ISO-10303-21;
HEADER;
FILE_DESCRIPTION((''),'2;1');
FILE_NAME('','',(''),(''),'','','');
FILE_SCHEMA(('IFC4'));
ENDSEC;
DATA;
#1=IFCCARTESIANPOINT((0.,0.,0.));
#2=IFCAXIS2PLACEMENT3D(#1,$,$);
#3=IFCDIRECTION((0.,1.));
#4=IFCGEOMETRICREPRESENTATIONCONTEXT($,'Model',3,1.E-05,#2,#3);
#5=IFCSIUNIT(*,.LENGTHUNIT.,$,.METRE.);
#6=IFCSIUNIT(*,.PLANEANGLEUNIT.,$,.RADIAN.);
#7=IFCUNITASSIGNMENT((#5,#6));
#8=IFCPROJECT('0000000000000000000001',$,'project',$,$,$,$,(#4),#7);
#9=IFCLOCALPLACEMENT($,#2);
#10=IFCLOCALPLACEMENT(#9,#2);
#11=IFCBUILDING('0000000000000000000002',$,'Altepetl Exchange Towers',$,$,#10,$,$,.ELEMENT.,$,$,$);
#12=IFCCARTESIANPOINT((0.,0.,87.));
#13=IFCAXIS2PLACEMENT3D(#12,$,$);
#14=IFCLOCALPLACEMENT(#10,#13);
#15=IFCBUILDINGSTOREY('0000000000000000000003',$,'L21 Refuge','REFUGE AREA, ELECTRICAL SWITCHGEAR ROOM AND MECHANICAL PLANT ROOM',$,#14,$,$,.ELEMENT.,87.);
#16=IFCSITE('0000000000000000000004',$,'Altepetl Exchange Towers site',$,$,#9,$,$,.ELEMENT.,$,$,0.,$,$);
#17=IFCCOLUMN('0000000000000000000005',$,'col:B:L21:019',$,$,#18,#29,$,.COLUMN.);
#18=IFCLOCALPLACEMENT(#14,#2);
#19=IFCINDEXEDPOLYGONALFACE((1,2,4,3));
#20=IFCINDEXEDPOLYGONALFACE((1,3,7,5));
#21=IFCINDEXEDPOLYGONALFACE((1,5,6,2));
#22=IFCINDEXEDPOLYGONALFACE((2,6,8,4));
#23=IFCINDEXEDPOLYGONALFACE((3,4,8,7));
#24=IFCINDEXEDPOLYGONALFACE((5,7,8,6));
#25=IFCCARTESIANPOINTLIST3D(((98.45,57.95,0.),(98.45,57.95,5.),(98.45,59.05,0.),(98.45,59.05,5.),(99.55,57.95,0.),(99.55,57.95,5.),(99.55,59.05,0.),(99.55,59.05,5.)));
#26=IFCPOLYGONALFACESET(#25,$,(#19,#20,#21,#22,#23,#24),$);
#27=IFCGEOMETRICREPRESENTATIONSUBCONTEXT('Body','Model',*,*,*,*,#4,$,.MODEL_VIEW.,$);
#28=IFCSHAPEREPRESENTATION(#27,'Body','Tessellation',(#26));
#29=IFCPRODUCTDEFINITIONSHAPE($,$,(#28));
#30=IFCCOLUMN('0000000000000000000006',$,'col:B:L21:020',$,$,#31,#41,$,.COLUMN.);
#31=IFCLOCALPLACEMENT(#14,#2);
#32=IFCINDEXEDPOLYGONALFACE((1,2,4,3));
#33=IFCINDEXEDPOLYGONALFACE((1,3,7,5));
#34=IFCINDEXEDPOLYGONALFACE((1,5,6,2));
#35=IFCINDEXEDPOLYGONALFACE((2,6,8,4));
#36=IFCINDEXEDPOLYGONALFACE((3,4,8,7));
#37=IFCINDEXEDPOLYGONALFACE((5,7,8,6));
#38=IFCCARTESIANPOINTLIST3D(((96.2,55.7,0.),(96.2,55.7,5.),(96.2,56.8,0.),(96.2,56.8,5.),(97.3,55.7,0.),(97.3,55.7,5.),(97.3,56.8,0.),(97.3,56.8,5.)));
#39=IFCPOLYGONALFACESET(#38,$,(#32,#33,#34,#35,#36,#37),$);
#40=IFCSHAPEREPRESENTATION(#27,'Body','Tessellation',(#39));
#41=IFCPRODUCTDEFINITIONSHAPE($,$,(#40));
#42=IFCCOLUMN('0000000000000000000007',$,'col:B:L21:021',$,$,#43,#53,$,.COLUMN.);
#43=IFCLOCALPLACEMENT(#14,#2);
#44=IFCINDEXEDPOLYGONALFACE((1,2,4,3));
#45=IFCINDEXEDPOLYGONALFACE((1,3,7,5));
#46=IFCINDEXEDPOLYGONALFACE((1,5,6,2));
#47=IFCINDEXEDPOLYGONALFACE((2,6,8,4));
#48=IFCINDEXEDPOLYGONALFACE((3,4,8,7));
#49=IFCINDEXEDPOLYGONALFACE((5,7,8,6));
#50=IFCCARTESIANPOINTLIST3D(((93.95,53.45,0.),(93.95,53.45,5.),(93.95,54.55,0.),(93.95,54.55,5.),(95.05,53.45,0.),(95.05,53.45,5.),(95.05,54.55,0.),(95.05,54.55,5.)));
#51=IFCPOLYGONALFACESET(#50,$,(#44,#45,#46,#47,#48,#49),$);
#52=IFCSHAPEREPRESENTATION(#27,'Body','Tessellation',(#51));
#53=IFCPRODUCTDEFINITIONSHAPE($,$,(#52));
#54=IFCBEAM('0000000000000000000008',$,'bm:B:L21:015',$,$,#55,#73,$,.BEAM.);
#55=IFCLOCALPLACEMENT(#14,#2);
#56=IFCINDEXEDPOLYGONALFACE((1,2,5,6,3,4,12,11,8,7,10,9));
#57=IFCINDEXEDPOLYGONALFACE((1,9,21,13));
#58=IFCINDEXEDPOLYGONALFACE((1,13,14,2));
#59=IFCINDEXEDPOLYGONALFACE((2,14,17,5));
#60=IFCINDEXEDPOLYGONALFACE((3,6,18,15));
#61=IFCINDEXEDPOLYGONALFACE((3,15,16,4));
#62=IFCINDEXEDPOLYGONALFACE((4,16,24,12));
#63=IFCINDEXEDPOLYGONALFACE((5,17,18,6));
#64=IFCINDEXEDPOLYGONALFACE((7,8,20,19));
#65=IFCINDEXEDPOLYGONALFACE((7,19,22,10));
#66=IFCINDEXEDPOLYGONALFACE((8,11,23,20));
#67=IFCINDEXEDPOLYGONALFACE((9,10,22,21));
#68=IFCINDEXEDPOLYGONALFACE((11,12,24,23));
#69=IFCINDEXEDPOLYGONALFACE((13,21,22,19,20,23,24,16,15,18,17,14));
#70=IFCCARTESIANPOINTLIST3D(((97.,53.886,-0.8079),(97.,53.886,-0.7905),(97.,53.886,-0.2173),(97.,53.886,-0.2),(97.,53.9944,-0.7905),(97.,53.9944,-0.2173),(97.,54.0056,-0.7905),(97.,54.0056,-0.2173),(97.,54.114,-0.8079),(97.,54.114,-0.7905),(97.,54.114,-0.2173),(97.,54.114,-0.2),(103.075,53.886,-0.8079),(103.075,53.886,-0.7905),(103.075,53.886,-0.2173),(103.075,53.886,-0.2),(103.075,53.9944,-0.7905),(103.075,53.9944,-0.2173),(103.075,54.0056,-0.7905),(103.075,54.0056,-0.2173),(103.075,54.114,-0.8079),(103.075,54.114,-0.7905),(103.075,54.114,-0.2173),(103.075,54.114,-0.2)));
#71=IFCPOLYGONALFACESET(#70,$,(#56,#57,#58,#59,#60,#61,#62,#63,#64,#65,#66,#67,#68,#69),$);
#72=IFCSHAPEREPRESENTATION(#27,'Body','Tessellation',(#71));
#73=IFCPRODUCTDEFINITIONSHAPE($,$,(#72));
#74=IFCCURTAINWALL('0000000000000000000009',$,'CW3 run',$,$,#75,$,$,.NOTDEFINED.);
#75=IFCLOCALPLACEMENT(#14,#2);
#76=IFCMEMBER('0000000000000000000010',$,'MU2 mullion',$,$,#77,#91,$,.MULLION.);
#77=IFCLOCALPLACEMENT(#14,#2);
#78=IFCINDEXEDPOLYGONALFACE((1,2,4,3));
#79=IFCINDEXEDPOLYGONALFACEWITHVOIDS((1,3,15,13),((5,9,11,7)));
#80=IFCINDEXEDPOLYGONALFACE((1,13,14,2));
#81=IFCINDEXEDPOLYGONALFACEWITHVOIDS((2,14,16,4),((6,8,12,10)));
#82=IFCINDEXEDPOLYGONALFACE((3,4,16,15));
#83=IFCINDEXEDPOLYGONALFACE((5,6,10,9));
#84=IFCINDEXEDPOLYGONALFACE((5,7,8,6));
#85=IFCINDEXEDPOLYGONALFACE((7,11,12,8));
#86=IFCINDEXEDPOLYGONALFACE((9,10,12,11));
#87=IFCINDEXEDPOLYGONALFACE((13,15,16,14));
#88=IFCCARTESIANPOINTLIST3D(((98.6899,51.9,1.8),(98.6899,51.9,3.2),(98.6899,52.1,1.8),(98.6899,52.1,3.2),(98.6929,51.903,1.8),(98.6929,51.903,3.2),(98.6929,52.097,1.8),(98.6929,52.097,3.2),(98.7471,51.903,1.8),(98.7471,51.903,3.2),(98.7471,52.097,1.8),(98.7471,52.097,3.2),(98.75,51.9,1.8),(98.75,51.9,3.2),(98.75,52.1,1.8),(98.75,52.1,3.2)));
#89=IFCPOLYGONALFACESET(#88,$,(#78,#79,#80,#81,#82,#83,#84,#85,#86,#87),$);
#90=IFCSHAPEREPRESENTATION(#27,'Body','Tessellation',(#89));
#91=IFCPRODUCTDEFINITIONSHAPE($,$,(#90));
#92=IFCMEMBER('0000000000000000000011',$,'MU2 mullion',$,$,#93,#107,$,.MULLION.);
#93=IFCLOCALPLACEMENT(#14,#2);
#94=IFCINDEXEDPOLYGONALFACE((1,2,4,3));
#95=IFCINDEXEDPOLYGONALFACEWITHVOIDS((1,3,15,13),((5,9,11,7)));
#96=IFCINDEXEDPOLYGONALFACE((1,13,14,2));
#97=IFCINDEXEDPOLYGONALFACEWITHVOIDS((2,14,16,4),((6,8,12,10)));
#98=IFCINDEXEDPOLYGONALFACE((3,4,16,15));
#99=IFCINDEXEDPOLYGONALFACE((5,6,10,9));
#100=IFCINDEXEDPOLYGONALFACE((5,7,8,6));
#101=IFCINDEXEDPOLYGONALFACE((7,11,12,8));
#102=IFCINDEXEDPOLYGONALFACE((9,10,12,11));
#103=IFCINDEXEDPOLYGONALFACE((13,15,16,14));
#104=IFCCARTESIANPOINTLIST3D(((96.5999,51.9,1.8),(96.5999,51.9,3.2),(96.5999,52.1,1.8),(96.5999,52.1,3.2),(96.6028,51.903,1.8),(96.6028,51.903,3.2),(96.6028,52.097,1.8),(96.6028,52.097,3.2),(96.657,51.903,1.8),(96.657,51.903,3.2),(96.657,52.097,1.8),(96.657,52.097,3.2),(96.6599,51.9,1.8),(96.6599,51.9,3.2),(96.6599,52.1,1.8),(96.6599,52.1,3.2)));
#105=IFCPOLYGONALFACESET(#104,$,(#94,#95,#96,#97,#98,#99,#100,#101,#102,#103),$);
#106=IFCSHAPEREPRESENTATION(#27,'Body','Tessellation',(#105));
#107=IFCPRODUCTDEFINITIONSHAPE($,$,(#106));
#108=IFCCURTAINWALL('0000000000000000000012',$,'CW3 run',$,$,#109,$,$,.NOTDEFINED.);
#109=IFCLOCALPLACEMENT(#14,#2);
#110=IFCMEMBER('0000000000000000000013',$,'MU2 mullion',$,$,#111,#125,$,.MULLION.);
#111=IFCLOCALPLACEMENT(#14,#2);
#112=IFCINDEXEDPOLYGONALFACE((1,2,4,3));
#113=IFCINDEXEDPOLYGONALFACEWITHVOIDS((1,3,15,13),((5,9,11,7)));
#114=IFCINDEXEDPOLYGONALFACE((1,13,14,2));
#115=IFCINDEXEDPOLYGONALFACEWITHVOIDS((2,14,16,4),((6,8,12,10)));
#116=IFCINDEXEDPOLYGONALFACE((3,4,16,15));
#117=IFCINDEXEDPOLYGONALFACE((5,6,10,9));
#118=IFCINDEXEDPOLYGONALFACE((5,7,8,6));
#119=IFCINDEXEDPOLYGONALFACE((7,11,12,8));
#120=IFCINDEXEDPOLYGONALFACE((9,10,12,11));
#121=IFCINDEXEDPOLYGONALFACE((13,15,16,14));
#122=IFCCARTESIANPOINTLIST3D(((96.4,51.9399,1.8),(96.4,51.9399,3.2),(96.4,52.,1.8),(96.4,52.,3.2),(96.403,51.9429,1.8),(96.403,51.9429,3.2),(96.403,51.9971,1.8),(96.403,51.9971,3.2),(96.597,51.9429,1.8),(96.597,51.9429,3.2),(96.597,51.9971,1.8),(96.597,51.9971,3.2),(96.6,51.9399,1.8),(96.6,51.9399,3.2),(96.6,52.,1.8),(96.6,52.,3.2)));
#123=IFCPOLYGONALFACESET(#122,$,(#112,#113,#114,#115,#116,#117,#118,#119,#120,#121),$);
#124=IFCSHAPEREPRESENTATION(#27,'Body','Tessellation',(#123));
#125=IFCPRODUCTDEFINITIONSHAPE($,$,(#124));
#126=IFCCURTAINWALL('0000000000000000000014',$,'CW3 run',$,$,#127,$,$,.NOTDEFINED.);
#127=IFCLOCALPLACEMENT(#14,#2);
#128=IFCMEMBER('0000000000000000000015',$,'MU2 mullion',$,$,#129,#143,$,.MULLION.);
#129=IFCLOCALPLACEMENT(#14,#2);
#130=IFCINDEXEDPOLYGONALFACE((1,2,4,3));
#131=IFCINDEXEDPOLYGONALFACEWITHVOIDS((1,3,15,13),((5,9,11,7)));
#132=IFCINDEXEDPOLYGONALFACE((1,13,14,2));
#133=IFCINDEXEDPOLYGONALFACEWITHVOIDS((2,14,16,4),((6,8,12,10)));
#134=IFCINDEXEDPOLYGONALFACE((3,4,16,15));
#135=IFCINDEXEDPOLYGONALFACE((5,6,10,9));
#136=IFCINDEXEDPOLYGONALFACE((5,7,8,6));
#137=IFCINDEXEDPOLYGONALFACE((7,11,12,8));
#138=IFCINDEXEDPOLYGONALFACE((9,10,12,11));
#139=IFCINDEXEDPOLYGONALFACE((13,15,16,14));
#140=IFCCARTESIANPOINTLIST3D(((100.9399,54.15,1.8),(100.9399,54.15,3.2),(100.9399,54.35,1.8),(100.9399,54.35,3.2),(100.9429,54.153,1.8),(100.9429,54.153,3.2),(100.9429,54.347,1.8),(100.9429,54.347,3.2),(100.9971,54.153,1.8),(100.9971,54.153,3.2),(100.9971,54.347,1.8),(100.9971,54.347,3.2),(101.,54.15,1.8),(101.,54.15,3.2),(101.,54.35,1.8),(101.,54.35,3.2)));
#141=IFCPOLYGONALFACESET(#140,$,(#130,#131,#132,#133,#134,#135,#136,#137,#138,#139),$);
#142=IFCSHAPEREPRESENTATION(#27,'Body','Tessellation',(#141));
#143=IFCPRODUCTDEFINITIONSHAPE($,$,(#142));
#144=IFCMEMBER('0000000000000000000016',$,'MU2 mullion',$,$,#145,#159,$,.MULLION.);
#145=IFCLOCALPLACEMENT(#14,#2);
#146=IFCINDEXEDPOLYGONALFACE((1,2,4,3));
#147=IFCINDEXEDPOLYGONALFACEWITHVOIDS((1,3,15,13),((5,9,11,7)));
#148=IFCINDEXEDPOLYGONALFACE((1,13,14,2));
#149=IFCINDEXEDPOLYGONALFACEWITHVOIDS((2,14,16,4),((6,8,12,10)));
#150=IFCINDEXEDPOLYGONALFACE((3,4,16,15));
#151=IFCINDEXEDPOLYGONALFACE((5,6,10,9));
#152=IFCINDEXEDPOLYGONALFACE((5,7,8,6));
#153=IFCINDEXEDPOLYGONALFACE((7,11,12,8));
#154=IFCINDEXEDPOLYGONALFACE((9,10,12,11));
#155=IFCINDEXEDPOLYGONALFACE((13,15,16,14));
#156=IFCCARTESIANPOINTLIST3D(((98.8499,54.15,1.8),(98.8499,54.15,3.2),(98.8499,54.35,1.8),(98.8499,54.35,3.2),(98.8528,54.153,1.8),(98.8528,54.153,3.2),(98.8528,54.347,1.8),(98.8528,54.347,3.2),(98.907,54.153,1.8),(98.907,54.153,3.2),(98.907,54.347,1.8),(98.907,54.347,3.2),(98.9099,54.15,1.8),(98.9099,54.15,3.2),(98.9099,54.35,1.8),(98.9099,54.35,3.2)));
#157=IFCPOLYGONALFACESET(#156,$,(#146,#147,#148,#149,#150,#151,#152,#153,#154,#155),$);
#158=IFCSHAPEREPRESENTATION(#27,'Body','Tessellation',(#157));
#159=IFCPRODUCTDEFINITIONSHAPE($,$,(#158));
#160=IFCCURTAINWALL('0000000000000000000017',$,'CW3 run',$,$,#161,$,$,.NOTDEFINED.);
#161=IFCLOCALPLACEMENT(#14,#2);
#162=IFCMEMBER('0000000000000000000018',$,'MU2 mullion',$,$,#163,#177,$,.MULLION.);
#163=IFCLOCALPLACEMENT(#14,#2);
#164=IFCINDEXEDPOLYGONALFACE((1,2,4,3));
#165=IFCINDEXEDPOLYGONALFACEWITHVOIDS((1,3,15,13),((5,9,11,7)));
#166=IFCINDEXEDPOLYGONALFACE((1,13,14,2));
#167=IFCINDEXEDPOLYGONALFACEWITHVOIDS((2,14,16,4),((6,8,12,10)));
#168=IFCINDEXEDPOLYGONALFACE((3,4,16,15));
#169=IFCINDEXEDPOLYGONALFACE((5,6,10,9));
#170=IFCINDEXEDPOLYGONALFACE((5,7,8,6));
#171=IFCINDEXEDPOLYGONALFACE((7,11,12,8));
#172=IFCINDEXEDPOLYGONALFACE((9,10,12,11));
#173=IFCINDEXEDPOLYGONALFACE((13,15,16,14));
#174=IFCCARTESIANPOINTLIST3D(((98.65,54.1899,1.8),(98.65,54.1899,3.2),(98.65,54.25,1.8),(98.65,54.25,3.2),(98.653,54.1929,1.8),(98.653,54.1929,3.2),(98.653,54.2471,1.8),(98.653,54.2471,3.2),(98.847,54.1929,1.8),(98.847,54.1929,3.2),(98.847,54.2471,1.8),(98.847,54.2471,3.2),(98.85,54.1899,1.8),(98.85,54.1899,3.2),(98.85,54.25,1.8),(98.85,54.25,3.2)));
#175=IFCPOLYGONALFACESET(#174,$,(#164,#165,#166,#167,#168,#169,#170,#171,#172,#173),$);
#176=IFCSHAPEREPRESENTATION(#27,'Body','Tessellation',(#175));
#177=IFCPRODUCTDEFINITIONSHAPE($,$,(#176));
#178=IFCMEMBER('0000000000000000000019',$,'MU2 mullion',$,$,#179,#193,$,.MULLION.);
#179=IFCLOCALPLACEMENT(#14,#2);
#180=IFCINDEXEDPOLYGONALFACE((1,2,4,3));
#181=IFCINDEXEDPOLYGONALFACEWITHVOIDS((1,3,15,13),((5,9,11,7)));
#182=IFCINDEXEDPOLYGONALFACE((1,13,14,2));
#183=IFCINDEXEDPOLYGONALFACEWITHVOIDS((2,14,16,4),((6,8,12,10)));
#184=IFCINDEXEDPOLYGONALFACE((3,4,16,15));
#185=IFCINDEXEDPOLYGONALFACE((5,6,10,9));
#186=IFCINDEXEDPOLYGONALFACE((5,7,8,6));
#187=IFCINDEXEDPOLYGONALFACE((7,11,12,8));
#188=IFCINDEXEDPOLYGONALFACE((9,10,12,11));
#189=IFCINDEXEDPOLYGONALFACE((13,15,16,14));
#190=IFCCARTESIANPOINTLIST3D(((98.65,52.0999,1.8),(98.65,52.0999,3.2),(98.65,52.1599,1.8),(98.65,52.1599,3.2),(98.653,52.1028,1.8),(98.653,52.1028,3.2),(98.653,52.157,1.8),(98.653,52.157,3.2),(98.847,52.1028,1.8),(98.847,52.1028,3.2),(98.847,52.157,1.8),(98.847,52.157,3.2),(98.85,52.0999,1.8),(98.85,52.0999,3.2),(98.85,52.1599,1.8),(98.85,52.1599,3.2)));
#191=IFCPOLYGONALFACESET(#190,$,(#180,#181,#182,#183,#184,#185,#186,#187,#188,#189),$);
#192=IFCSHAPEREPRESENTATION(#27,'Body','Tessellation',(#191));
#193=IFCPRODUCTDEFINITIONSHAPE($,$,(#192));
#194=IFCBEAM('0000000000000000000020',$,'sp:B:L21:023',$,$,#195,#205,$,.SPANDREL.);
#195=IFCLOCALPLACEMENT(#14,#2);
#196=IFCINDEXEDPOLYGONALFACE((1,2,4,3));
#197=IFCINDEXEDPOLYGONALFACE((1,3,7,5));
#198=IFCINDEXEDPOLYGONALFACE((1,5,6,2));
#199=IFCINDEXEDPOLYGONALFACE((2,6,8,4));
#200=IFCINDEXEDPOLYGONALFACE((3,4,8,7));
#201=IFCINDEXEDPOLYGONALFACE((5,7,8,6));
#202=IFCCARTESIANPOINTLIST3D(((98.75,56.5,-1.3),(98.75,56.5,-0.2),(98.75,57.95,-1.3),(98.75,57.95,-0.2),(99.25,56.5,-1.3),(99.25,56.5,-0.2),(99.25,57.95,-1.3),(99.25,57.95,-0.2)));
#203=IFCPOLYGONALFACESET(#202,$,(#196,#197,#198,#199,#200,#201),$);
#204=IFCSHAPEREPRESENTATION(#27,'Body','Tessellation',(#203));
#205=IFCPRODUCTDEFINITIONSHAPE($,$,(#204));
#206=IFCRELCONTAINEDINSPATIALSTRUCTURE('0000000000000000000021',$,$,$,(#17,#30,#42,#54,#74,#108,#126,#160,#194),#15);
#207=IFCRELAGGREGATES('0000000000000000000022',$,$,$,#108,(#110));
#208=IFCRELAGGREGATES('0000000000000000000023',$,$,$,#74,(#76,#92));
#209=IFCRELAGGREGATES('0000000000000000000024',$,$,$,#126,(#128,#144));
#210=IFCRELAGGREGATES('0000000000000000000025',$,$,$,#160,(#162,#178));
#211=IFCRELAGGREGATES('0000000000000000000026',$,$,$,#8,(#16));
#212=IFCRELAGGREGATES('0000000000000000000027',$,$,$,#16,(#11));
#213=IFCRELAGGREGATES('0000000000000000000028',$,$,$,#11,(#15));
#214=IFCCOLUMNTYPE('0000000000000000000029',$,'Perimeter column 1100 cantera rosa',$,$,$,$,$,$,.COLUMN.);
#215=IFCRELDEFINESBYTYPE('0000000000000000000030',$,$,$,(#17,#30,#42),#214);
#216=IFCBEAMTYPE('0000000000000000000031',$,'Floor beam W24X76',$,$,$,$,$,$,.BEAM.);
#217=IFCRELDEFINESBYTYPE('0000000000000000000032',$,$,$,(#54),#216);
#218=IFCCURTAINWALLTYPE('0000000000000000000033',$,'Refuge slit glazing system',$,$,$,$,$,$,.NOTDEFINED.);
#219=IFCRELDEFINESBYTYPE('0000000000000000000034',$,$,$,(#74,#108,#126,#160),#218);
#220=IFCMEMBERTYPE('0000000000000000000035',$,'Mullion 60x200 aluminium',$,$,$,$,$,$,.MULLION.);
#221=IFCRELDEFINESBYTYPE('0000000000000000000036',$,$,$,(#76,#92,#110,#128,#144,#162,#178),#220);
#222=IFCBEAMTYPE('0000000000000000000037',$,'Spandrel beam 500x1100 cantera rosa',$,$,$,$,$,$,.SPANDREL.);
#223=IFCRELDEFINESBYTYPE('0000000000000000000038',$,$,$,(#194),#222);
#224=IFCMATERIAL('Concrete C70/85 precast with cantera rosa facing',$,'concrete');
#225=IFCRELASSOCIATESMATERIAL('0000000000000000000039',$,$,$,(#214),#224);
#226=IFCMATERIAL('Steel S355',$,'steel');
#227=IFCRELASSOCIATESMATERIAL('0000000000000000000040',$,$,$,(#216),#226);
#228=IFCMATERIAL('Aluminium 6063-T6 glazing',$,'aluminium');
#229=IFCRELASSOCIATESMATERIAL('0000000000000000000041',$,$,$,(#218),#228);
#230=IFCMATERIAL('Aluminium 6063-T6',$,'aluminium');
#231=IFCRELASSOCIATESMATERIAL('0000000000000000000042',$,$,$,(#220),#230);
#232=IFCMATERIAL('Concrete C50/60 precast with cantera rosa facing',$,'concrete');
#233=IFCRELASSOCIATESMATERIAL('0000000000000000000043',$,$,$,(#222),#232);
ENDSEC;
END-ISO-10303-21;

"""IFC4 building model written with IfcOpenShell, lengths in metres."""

from ifc_helpers import new_model, si_unit, direction, frame, origin, origin_2d, place, context, subcontext, project, spatial, rectangle, hollow_rectangle, i_section, extrude, material, material_profile, profile_set, type_object, element, aggregate, save


model = new_model("IFC4")

# Units and contexts
model_context = context("Model", 3, precision=1e-05, world=origin(), true_north=direction((0.0, 1.0)))
body_context = subcontext(model_context, "Body", "Model", "MODEL_VIEW")
ifc_project = project(units=[si_unit("LENGTHUNIT", "METRE"), si_unit("PLANEANGLEUNIT", "RADIAN")], contexts=[model_context])

# Site, building, storey
site_placement = place(None, origin())
site = spatial("IfcSite", under=ifc_project, at=site_placement, Name="Altepetl Exchange Towers site", CompositionType="ELEMENT", RefElevation=0.0)
building_placement = place(site_placement, origin())
building = spatial("IfcBuilding", under=site, at=building_placement, Name="Altepetl Exchange Towers", CompositionType="ELEMENT")
storey_placement = place(building_placement, frame((0.0, 0.0, 87.0)))
storey = spatial("IfcBuildingStorey", under=building, at=storey_placement, Name="L21 Refuge", Description="REFUGE AREA, ELECTRICAL SWITCHGEAR ROOM AND MECHANICAL PLANT ROOM", CompositionType="ELEMENT", Elevation=87.0)

# Columns
ifc_material_1 = material(Name="Concrete C70/85 precast with cantera rosa facing", Category="concrete")
ifc_material_profile_1 = material_profile(ifc_material_1, rectangle(XDim=1.1001, YDim=1.1001, at=origin_2d()), Name="1100 x 1100")
ifc_profile_set_1 = profile_set([ifc_material_profile_1], Name="Concrete C70/85 precast with cantera rosa facing")
column_type = type_object("IfcColumnType", Name="Perimeter column 1100 cantera rosa", PredefinedType="COLUMN", material=ifc_profile_set_1)
for number, where, name in (
    (1, (99.0, 58.5, 0.0), "col:B:L21:019"),
    (2, (96.75, 56.25, 0.0), "col:B:L21:020"),
    (3, (94.5, 54.0, 0.0), "col:B:L21:021"),
):
    element("IfcColumn", number, at=place(storey_placement, frame(where)), inside=storey, type_object=column_type, Name=name, PredefinedType="COLUMN", context=body_context, shape_type="SweptSolid", body=[
        extrude(rectangle(XDim=1.1001, YDim=1.1001, at=origin_2d()), origin(), (0.0, 0.0, 1.0), 5.0),
    ])

# Beam
ifc_material_2 = material(Name="Steel S355", Category="steel")
ifc_material_profile_2 = material_profile(ifc_material_2, i_section(OverallWidth=0.228, OverallDepth=0.6079, WebThickness=0.0112, FlangeThickness=0.0173, at=origin_2d()), Name="W24X76")
ifc_profile_set_2 = profile_set([ifc_material_profile_2], Name="Steel S355")
beam_type_1 = type_object("IfcBeamType", Name="Floor beam W24X76", PredefinedType="BEAM", material=ifc_profile_set_2)
beam_1_placement = place(storey_placement, frame((97.0, 54.0, -0.5039), z_axis=(1.0, 0.0, 0.0), x_axis=(0.0, 1.0, 0.0)))
element("IfcBeam", 4, at=beam_1_placement, inside=storey, type_object=beam_type_1, Name="bm:B:L21:015", PredefinedType="BEAM", context=body_context, shape_type="SweptSolid", body=[
    extrude(i_section(OverallWidth=0.228, OverallDepth=0.6079, WebThickness=0.0112, FlangeThickness=0.0173, at=origin_2d()), origin(), (0.0, 0.0, 1.0), 6.075),
])

# Curtain wall, members
ifc_material_3 = material(Name="Aluminium 6063-T6 glazing", Category="aluminium")
curtain_wall_type = type_object("IfcCurtainWallType", Name="Refuge slit glazing system", PredefinedType="NOTDEFINED", material=ifc_material_3)
curtain_wall_1_placement = place(storey_placement, origin())
curtain_wall_1 = element("IfcCurtainWall", 5, at=curtain_wall_1_placement, inside=storey, type_object=curtain_wall_type, Name="CW3 run", PredefinedType="NOTDEFINED")
ifc_material_4 = material(Name="Aluminium 6063-T6", Category="aluminium")
ifc_material_profile_3 = material_profile(ifc_material_4, hollow_rectangle(XDim=0.0601, YDim=0.2, WallThickness=0.0029, at=origin_2d()), Name="Mullion 60x200 aluminium")
ifc_profile_set_3 = profile_set([ifc_material_profile_3], Name="Aluminium 6063-T6")
member_type = type_object("IfcMemberType", Name="Mullion 60x200 aluminium", PredefinedType="MULLION", material=ifc_profile_set_3)
member_1_placement = place(storey_placement, frame((98.72, 52.0, 1.8), z_axis=(0.0, 0.0, 1.0), x_axis=(-1.0, 0.0, 0.0)))
member_1 = element("IfcMember", 6, at=member_1_placement, type_object=member_type, Name="MU2 mullion", PredefinedType="MULLION", context=body_context, shape_type="SweptSolid", body=[
    extrude(hollow_rectangle(XDim=0.0601, YDim=0.2, WallThickness=0.0029, at=origin_2d()), origin(), (0.0, 0.0, 1.0), 1.3999),
])
member_2_placement = place(storey_placement, frame((96.6299, 52.0, 1.8), z_axis=(0.0, 0.0, 1.0), x_axis=(-1.0, 0.0, 0.0)))
member_2 = element("IfcMember", 7, at=member_2_placement, type_object=member_type, Name="MU2 mullion", PredefinedType="MULLION", context=body_context, shape_type="SweptSolid", body=[
    extrude(hollow_rectangle(XDim=0.0601, YDim=0.2, WallThickness=0.0029, at=origin_2d()), origin(), (0.0, 0.0, 1.0), 1.3999),
])

# Curtain wall, member
curtain_wall_2_placement = place(storey_placement, origin())
curtain_wall_2 = element("IfcCurtainWall", 8, at=curtain_wall_2_placement, inside=storey, type_object=curtain_wall_type, Name="CW3 run", PredefinedType="NOTDEFINED")
member_3_placement = place(storey_placement, frame((96.5, 51.97, 1.8), z_axis=(0.0, 0.0, 1.0), x_axis=(0.0, -1.0, 0.0)))
member_3 = element("IfcMember", 9, at=member_3_placement, type_object=member_type, Name="MU2 mullion", PredefinedType="MULLION", context=body_context, shape_type="SweptSolid", body=[
    extrude(hollow_rectangle(XDim=0.0601, YDim=0.2, WallThickness=0.0029, at=origin_2d()), origin(), (0.0, 0.0, 1.0), 1.3999),
])
aggregate(curtain_wall_2, [member_3])

# Curtain walls, members
curtain_wall_3_placement = place(storey_placement, origin())
curtain_wall_3 = element("IfcCurtainWall", 10, at=curtain_wall_3_placement, inside=storey, type_object=curtain_wall_type, Name="CW3 run", PredefinedType="NOTDEFINED")
member_4_placement = place(storey_placement, frame((100.97, 54.25, 1.8), z_axis=(0.0, 0.0, 1.0), x_axis=(-1.0, 0.0, 0.0)))
member_4 = element("IfcMember", 11, at=member_4_placement, type_object=member_type, Name="MU2 mullion", PredefinedType="MULLION", context=body_context, shape_type="SweptSolid", body=[
    extrude(hollow_rectangle(XDim=0.0601, YDim=0.2, WallThickness=0.0029, at=origin_2d()), origin(), (0.0, 0.0, 1.0), 1.3999),
])
member_5_placement = place(storey_placement, frame((98.8799, 54.25, 1.8), z_axis=(0.0, 0.0, 1.0), x_axis=(-1.0, 0.0, 0.0)))
member_5 = element("IfcMember", 12, at=member_5_placement, type_object=member_type, Name="MU2 mullion", PredefinedType="MULLION", context=body_context, shape_type="SweptSolid", body=[
    extrude(hollow_rectangle(XDim=0.0601, YDim=0.2, WallThickness=0.0029, at=origin_2d()), origin(), (0.0, 0.0, 1.0), 1.3999),
])
curtain_wall_4_placement = place(storey_placement, origin())
curtain_wall_4 = element("IfcCurtainWall", 13, at=curtain_wall_4_placement, inside=storey, type_object=curtain_wall_type, Name="CW3 run", PredefinedType="NOTDEFINED")
member_6_placement = place(storey_placement, frame((98.75, 54.22, 1.8), z_axis=(0.0, 0.0, 1.0), x_axis=(0.0, -1.0, 0.0)))
member_6 = element("IfcMember", 14, at=member_6_placement, type_object=member_type, Name="MU2 mullion", PredefinedType="MULLION", context=body_context, shape_type="SweptSolid", body=[
    extrude(hollow_rectangle(XDim=0.0601, YDim=0.2, WallThickness=0.0029, at=origin_2d()), origin(), (0.0, 0.0, 1.0), 1.3999),
])
member_7_placement = place(storey_placement, frame((98.75, 52.1299, 1.8), z_axis=(0.0, 0.0, 1.0), x_axis=(0.0, -1.0, 0.0)))
member_7 = element("IfcMember", 15, at=member_7_placement, type_object=member_type, Name="MU2 mullion", PredefinedType="MULLION", context=body_context, shape_type="SweptSolid", body=[
    extrude(hollow_rectangle(XDim=0.0601, YDim=0.2, WallThickness=0.0029, at=origin_2d()), origin(), (0.0, 0.0, 1.0), 1.3999),
])

# Beam
ifc_material_5 = material(Name="Concrete C50/60 precast with cantera rosa facing", Category="concrete")
ifc_material_profile_4 = material_profile(ifc_material_5, rectangle(XDim=0.5, YDim=1.1001, at=origin_2d()), Name="500 x 1100")
ifc_profile_set_4 = profile_set([ifc_material_profile_4], Name="Concrete C50/60 precast with cantera rosa facing")
beam_type_2 = type_object("IfcBeamType", Name="Spandrel beam 500x1100 cantera rosa", PredefinedType="SPANDREL", material=ifc_profile_set_4)
beam_2_placement = place(storey_placement, frame((99.0, 57.95, -0.75), z_axis=(0.0, -1.0, 0.0), x_axis=(1.0, 0.0, 0.0)))
element("IfcBeam", 16, at=beam_2_placement, inside=storey, type_object=beam_type_2, Name="sp:B:L21:023", PredefinedType="SPANDREL", context=body_context, shape_type="SweptSolid", body=[
    extrude(rectangle(XDim=0.5, YDim=1.1001, at=origin_2d()), origin(), (0.0, 0.0, 1.0), 1.45),
])

aggregate(curtain_wall_1, [member_1, member_2])
aggregate(curtain_wall_3, [member_4, member_5])
aggregate(curtain_wall_4, [member_6, member_7])

save(model, "model.ifc")
